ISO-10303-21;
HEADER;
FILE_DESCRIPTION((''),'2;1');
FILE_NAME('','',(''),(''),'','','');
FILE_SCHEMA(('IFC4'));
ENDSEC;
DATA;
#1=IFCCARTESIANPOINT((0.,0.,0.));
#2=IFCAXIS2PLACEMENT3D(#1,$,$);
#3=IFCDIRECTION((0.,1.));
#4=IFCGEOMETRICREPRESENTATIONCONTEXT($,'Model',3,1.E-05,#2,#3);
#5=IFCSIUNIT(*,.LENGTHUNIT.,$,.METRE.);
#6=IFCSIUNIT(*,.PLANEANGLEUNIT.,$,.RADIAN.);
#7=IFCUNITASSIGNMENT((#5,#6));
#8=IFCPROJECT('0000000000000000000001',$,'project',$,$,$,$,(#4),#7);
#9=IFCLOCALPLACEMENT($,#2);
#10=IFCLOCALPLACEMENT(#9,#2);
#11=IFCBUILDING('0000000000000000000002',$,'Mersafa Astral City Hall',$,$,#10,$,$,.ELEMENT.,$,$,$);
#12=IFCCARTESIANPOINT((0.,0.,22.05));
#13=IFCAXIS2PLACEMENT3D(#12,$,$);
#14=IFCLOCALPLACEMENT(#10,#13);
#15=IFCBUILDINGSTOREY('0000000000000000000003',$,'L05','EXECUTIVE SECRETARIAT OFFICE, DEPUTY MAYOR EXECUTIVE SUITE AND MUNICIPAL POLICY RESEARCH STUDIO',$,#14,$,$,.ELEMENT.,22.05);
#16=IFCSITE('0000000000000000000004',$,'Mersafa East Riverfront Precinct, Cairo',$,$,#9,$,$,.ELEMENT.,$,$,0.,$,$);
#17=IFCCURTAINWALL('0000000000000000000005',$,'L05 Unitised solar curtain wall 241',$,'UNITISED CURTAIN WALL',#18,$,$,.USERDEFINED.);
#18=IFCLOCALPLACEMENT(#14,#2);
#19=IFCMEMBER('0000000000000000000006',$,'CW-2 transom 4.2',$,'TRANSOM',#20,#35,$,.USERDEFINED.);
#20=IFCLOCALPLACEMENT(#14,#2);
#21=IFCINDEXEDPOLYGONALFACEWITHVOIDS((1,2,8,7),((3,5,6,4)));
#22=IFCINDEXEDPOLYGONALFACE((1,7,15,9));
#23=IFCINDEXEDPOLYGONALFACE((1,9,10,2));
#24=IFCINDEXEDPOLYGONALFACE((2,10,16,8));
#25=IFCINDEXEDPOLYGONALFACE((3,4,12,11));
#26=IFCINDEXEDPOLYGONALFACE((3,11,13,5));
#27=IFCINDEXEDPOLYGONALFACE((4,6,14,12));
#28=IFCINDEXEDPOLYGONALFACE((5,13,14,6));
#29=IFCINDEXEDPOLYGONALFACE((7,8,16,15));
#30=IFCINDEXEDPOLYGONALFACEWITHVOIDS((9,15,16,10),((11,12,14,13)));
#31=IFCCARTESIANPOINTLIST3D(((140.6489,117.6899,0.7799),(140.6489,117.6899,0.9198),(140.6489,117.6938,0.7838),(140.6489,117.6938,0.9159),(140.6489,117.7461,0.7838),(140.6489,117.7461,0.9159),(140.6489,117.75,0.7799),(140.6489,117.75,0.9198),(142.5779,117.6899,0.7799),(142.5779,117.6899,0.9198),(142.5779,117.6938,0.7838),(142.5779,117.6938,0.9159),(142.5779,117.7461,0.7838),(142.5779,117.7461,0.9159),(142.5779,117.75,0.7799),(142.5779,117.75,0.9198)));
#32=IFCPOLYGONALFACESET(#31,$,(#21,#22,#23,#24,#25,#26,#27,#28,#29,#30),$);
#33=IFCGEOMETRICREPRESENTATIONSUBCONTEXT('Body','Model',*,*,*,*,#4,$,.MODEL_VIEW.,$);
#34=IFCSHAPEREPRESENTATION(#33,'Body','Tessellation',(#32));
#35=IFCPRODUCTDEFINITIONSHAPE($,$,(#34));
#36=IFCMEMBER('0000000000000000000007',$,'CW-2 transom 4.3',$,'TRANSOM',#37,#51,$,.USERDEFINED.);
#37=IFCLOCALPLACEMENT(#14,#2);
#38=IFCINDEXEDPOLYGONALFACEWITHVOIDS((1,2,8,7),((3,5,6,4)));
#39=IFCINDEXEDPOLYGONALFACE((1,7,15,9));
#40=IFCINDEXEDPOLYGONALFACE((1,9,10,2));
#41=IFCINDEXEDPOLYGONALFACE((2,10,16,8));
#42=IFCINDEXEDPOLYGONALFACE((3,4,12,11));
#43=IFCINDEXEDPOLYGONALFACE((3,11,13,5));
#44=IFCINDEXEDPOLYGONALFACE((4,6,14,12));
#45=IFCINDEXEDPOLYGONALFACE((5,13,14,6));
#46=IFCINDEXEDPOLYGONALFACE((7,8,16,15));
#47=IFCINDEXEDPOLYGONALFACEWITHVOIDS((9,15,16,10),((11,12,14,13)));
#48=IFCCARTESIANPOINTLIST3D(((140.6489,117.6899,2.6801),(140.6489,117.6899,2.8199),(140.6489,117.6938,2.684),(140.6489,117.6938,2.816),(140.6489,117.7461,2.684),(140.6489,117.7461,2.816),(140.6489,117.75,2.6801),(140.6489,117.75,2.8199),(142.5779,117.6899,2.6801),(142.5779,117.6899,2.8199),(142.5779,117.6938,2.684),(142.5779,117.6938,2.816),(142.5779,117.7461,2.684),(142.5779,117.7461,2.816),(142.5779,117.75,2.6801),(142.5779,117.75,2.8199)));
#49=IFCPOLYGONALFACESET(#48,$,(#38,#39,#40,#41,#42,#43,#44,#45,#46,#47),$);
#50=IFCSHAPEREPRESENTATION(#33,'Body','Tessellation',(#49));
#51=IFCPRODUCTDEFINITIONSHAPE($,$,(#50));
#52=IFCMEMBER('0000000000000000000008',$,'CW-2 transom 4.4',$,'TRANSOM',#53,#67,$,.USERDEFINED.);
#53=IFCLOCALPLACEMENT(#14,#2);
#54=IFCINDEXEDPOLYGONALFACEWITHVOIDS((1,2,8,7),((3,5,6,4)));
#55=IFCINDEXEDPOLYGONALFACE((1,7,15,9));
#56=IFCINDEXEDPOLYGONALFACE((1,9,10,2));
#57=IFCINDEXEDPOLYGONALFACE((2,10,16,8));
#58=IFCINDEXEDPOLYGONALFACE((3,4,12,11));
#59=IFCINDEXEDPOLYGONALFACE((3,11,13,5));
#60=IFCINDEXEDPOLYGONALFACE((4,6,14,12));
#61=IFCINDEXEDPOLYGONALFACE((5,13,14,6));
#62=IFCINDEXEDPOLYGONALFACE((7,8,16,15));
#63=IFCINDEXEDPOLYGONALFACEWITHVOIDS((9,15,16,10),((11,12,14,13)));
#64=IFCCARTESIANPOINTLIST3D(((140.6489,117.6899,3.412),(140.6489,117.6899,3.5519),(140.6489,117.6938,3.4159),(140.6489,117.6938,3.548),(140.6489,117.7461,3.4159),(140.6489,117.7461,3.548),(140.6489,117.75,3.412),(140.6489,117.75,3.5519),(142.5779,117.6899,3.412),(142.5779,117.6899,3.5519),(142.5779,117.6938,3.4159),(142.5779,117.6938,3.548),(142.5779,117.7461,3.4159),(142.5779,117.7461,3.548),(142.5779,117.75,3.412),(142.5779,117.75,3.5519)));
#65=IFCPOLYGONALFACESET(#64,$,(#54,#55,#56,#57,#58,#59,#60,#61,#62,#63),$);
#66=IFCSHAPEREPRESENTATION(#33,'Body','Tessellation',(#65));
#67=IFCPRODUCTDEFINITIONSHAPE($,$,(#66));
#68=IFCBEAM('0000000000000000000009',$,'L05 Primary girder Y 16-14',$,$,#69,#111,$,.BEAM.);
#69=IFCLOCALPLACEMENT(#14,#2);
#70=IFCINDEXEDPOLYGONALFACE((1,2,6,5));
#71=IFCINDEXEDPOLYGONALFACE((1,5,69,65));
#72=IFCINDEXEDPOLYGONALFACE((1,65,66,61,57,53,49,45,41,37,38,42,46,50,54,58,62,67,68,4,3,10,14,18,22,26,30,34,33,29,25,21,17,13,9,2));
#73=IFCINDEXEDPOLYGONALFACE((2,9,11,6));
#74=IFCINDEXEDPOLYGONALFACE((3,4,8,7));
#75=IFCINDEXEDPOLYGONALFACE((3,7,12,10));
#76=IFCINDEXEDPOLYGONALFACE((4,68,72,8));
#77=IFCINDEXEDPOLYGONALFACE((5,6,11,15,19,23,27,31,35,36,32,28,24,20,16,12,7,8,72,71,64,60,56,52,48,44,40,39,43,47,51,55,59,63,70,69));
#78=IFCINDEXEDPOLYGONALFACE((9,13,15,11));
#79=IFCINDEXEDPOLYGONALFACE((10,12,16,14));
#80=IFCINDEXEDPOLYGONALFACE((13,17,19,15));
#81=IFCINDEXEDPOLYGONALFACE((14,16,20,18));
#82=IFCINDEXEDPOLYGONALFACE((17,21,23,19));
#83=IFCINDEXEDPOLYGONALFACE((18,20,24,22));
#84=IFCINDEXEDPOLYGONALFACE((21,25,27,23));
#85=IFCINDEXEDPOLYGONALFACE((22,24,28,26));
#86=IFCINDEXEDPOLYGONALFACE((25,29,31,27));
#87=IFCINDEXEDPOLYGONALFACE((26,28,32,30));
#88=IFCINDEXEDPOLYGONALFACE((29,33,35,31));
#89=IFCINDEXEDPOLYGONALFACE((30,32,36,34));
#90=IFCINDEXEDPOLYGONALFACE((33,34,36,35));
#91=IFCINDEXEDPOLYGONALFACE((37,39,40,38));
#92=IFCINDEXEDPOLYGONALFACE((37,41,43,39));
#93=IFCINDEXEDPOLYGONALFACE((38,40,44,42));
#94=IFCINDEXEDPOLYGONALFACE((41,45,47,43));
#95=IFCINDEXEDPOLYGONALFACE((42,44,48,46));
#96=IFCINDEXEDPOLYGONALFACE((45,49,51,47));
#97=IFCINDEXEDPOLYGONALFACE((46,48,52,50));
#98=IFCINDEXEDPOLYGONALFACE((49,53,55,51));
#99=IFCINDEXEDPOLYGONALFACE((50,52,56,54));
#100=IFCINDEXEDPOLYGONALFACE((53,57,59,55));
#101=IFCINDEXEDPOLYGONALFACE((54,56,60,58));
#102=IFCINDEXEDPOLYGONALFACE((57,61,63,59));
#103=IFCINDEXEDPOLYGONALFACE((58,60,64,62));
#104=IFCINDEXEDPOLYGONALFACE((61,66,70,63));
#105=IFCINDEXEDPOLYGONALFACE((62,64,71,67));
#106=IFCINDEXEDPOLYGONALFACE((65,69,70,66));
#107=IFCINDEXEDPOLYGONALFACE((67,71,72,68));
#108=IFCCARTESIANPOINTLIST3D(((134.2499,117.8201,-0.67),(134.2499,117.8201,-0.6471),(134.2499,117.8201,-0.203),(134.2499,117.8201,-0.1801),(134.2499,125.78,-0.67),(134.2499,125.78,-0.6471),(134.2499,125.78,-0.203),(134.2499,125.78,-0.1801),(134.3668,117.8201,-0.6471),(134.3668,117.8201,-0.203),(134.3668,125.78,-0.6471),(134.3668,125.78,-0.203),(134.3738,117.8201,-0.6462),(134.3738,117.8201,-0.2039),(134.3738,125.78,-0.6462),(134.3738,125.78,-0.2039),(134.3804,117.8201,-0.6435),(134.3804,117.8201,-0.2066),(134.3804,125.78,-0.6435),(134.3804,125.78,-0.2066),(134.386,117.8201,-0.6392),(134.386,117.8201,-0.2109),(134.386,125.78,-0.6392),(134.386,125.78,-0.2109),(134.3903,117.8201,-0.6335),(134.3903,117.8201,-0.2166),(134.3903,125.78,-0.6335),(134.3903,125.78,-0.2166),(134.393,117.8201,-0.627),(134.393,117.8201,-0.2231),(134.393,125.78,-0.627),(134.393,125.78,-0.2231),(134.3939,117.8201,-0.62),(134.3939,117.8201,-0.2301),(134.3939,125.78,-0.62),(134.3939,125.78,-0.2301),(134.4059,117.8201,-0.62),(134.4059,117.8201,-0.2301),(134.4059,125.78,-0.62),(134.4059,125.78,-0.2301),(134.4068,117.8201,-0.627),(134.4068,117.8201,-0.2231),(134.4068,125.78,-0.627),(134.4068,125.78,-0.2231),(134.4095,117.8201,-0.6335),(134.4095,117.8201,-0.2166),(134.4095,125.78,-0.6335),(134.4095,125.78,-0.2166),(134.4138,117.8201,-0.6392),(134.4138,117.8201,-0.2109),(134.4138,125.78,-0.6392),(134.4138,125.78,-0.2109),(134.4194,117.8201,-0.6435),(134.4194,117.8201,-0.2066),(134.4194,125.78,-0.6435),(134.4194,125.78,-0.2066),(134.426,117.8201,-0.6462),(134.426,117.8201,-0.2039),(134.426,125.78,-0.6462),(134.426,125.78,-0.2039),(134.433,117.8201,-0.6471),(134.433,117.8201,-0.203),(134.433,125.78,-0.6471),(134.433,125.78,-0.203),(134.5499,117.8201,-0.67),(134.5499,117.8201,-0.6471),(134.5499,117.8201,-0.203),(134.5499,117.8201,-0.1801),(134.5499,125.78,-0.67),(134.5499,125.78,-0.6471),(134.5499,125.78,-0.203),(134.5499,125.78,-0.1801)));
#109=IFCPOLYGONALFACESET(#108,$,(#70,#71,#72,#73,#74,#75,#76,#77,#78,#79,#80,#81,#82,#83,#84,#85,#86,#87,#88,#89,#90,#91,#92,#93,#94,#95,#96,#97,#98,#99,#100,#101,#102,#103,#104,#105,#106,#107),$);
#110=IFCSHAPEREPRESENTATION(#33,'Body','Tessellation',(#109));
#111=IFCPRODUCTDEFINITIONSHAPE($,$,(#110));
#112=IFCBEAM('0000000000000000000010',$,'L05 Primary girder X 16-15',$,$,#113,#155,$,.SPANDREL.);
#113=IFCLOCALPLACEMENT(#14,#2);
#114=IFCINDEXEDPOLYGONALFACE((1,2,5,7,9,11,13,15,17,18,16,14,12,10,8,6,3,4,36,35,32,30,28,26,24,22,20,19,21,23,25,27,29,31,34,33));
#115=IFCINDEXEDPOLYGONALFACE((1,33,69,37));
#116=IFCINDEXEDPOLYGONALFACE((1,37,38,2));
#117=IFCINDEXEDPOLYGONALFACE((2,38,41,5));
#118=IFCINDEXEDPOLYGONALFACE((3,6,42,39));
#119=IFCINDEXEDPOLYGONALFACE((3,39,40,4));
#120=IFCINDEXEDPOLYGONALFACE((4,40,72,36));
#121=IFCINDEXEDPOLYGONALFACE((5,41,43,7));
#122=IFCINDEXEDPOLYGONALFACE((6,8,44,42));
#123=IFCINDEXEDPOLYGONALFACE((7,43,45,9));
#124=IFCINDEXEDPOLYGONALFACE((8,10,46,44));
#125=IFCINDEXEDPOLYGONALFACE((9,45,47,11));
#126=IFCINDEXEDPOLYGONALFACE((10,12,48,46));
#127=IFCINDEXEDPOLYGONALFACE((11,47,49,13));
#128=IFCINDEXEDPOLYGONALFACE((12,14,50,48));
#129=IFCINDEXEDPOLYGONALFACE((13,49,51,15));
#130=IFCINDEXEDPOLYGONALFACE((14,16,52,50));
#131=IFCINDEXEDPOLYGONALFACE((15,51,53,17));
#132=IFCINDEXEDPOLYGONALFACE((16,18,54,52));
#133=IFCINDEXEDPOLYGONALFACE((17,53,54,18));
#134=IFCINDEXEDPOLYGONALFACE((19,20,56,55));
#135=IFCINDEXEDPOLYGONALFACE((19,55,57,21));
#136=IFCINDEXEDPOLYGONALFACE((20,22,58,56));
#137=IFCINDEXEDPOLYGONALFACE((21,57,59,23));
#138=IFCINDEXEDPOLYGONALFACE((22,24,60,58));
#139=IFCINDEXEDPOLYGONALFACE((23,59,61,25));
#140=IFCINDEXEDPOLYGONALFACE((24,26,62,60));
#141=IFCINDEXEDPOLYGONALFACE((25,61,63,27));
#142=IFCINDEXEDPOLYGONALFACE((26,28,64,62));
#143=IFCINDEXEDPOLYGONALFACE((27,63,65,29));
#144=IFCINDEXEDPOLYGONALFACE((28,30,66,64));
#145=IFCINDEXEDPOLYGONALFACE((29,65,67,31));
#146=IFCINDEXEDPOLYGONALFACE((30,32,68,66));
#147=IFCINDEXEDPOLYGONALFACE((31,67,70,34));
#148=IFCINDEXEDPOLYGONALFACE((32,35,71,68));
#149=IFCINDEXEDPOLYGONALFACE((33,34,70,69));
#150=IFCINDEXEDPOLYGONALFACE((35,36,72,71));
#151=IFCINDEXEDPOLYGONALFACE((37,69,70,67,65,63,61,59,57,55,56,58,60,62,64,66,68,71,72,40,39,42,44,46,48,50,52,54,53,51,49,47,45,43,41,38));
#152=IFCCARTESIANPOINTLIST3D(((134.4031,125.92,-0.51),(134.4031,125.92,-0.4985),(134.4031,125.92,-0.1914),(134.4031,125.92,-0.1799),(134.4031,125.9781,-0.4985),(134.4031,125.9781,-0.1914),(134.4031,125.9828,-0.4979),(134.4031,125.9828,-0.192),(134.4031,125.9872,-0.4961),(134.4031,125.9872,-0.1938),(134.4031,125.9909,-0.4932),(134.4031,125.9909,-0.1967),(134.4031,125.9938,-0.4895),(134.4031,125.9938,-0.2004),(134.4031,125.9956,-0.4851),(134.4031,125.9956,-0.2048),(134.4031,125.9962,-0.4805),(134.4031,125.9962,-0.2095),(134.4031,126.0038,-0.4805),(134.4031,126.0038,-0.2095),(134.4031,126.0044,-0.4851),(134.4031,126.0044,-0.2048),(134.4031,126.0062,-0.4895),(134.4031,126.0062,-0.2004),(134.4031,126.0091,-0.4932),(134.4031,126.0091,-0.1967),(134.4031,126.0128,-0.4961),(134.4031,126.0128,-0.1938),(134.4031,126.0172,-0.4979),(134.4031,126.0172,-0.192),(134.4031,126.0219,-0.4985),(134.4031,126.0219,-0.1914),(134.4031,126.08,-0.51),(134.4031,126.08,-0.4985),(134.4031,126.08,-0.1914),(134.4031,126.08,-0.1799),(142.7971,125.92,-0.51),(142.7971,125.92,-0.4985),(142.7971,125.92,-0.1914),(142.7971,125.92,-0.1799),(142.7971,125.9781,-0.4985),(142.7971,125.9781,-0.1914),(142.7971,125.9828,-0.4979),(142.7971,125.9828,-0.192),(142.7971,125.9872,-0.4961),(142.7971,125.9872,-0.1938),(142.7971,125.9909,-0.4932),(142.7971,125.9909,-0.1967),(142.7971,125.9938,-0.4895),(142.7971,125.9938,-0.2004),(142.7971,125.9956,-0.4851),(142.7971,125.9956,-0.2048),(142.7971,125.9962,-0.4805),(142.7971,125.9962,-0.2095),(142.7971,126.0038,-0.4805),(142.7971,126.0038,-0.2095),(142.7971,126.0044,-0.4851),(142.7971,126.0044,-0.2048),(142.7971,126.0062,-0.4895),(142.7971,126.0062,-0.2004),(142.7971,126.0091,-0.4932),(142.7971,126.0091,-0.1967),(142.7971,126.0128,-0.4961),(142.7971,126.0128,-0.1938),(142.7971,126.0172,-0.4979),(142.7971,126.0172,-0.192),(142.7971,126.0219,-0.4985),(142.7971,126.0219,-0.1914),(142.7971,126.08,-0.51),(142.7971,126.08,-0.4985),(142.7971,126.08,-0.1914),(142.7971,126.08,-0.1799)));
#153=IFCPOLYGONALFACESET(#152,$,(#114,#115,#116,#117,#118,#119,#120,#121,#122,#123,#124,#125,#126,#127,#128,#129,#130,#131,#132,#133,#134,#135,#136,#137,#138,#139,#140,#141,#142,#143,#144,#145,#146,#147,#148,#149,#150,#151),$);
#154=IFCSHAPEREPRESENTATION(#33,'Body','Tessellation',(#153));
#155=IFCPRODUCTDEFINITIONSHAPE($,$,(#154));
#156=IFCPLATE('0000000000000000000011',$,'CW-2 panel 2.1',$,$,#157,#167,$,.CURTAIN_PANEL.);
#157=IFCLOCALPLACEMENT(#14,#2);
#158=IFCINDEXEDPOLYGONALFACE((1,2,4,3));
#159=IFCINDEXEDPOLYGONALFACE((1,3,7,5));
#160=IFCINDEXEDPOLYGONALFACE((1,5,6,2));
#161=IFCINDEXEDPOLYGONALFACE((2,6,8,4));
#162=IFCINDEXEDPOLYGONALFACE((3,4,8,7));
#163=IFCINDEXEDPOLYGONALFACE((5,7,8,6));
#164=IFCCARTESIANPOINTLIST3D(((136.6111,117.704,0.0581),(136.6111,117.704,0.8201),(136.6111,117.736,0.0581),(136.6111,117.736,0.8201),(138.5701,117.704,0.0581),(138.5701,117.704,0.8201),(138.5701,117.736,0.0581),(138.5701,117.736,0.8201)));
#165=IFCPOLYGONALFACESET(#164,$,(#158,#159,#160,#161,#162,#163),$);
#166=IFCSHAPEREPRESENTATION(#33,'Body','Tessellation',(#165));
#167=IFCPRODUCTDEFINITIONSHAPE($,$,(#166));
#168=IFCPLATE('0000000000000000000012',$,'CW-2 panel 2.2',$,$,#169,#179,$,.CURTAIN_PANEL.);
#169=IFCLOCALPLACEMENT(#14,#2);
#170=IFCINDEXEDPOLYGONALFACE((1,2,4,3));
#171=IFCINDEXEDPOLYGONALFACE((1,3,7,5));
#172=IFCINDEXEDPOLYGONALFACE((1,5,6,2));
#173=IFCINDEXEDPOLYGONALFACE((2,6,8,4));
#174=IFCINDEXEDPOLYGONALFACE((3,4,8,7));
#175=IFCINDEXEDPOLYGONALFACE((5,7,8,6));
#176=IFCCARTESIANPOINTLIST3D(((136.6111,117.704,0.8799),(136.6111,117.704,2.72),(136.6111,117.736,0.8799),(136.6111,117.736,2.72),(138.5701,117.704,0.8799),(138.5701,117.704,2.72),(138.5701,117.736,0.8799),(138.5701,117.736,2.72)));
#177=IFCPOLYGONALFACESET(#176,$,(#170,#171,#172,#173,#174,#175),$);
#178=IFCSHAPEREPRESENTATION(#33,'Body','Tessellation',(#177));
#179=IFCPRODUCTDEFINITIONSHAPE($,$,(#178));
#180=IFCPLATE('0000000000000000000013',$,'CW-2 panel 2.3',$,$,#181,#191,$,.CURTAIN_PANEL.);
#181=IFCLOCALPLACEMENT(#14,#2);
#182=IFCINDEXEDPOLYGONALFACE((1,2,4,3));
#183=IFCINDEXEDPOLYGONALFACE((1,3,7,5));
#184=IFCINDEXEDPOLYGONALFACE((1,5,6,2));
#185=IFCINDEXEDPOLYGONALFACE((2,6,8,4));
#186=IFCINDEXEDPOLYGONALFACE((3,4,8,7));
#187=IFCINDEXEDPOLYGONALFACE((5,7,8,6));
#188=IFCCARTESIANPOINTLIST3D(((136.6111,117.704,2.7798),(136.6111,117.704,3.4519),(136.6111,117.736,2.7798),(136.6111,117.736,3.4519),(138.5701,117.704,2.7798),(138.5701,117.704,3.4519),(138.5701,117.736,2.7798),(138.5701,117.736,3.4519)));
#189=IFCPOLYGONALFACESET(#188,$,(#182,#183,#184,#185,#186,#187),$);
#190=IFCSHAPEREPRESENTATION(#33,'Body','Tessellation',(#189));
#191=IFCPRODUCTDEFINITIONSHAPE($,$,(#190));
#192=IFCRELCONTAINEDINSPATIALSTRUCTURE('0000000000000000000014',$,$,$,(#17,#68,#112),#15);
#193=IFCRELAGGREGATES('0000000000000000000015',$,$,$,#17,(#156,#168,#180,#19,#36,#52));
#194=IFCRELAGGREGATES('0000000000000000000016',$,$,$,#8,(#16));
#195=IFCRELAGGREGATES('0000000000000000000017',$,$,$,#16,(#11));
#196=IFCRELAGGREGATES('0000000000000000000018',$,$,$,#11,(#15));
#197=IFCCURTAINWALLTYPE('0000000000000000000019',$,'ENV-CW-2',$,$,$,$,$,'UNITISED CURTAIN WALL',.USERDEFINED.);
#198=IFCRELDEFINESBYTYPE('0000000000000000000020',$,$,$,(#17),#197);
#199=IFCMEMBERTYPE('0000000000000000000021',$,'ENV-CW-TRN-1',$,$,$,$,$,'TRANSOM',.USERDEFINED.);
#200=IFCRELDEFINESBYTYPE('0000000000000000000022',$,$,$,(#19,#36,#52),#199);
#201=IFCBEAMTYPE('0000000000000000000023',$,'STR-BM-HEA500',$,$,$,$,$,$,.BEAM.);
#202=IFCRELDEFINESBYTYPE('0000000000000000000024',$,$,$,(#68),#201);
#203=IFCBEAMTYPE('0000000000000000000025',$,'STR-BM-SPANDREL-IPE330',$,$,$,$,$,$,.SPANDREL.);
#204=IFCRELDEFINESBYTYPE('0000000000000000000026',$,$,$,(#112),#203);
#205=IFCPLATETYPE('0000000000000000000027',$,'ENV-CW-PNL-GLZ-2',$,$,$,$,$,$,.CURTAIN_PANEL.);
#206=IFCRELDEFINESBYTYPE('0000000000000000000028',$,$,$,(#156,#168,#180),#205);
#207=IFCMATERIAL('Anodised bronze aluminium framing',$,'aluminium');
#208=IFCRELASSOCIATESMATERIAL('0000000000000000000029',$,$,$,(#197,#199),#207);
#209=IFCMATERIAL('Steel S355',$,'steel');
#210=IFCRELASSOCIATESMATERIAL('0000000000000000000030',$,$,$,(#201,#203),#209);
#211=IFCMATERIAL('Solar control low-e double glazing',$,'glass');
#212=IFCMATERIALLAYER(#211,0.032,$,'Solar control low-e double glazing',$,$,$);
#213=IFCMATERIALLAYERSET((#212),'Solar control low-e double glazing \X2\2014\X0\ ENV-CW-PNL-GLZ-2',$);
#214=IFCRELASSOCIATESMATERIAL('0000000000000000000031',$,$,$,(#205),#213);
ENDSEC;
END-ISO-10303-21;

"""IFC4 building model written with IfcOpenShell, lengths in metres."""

from ifc_helpers import new_model, si_unit, direction, frame, origin, origin_2d, place, context, subcontext, project, spatial, rectangle, hollow_rectangle, i_section, extrude, material, layer, layer_set, material_profile, profile_set, type_object, element, aggregate, save


model = new_model("IFC4")

# Units and contexts
model_context = context("Model", 3, precision=1e-05, world=origin(), true_north=direction((0.0, 1.0)))
body_context = subcontext(model_context, "Body", "Model", "MODEL_VIEW")
ifc_project = project(units=[si_unit("LENGTHUNIT", "METRE"), si_unit("PLANEANGLEUNIT", "RADIAN")], contexts=[model_context])

# Site, building, storey
site_placement = place(None, origin())
site = spatial("IfcSite", under=ifc_project, at=site_placement, Name="Mersafa East Riverfront Precinct, Cairo", CompositionType="ELEMENT", RefElevation=0.0)
building_placement = place(site_placement, origin())
building = spatial("IfcBuilding", under=site, at=building_placement, Name="Mersafa Astral City Hall", CompositionType="ELEMENT")
storey_placement = place(building_placement, frame((0.0, 0.0, 22.05)))
storey = spatial("IfcBuildingStorey", under=building, at=storey_placement, Name="L05", Description="EXECUTIVE SECRETARIAT OFFICE, DEPUTY MAYOR EXECUTIVE SUITE AND MUNICIPAL POLICY RESEARCH STUDIO", CompositionType="ELEMENT", Elevation=22.05)

# Shared definitions
ifc_material_1 = material(Name="Steel S355", Category="steel")

# Curtain wall, members
ifc_material_2 = material(Name="Anodised bronze aluminium framing", Category="aluminium")
curtain_wall_type = type_object("IfcCurtainWallType", Name="ENV-CW-2", ElementType="UNITISED CURTAIN WALL", PredefinedType="USERDEFINED", material=ifc_material_2)
curtain_wall_placement = place(storey_placement, origin())
curtain_wall = element("IfcCurtainWall", 1, at=curtain_wall_placement, inside=storey, type_object=curtain_wall_type, Name="L05 Unitised solar curtain wall 241", ObjectType="UNITISED CURTAIN WALL", PredefinedType="USERDEFINED")
ifc_material_profile_1 = material_profile(ifc_material_2, hollow_rectangle(XDim=0.0601, YDim=0.1399, WallThickness=0.0039, at=origin_2d()), Name="RHS 60x140x4")
ifc_profile_set_1 = profile_set([ifc_material_profile_1], Name="Anodised bronze aluminium framing")
member_type_1 = type_object("IfcMemberType", Name="ENV-CW-TRN-1", ElementType="TRANSOM", PredefinedType="USERDEFINED", material=ifc_profile_set_1)
member_1_placement = place(storey_placement, frame((140.6489, 117.72, 0.8499), z_axis=(1.0, 0.0, 0.0), x_axis=(0.0, 1.0, 0.0)))
member_1 = element("IfcMember", 2, at=member_1_placement, type_object=member_type_1, Name="CW-2 transom 4.2", ObjectType="TRANSOM", PredefinedType="USERDEFINED", context=body_context, shape_type="SweptSolid", body=[
    extrude(hollow_rectangle(XDim=0.0601, YDim=0.1399, WallThickness=0.0039, at=origin_2d()), origin(), (0.0, 0.0, 1.0), 1.929),
])
member_2_placement = place(storey_placement, frame((140.6489, 117.72, 2.75), z_axis=(1.0, 0.0, 0.0), x_axis=(0.0, 1.0, 0.0)))
member_2 = element("IfcMember", 3, at=member_2_placement, type_object=member_type_1, Name="CW-2 transom 4.3", ObjectType="TRANSOM", PredefinedType="USERDEFINED", context=body_context, shape_type="SweptSolid", body=[
    extrude(hollow_rectangle(XDim=0.0601, YDim=0.1399, WallThickness=0.0039, at=origin_2d()), origin(), (0.0, 0.0, 1.0), 1.929),
])
member_3_placement = place(storey_placement, frame((140.6489, 117.72, 3.4819), z_axis=(1.0, 0.0, 0.0), x_axis=(0.0, 1.0, 0.0)))
member_3 = element("IfcMember", 4, at=member_3_placement, type_object=member_type_1, Name="CW-2 transom 4.4", ObjectType="TRANSOM", PredefinedType="USERDEFINED", context=body_context, shape_type="SweptSolid", body=[
    extrude(hollow_rectangle(XDim=0.0601, YDim=0.1399, WallThickness=0.0039, at=origin_2d()), origin(), (0.0, 0.0, 1.0), 1.929),
])

# Beams
ifc_material_profile_2 = material_profile(ifc_material_1, i_section(OverallWidth=0.3, OverallDepth=0.49, WebThickness=0.012, FlangeThickness=0.0229, FilletRadius=0.0271, at=origin_2d()), Name="HEA 500")
ifc_profile_set_2 = profile_set([ifc_material_profile_2], Name="Steel S355")
beam_type_1 = type_object("IfcBeamType", Name="STR-BM-HEA500", PredefinedType="BEAM", material=ifc_profile_set_2)
beam_1_placement = place(storey_placement, frame((134.3999, 117.8201, -0.425), z_axis=(0.0, 1.0, 0.0), x_axis=(-1.0, 0.0, 0.0)))
element("IfcBeam", 5, at=beam_1_placement, inside=storey, type_object=beam_type_1, Name="L05 Primary girder Y 16-14", PredefinedType="BEAM", context=body_context, shape_type="SweptSolid", body=[
    extrude(i_section(OverallWidth=0.3, OverallDepth=0.49, WebThickness=0.012, FlangeThickness=0.0229, FilletRadius=0.0271, at=origin_2d()), origin(), (0.0, 0.0, 1.0), 7.96),
])
ifc_material_profile_3 = material_profile(ifc_material_1, i_section(OverallWidth=0.1599, OverallDepth=0.3301, WebThickness=0.0076, FlangeThickness=0.0115, FilletRadius=0.0181, at=origin_2d()), Name="IPE 330")
ifc_profile_set_3 = profile_set([ifc_material_profile_3], Name="Steel S355")
beam_type_2 = type_object("IfcBeamType", Name="STR-BM-SPANDREL-IPE330", PredefinedType="SPANDREL", material=ifc_profile_set_3)
beam_2_placement = place(storey_placement, frame((134.4031, 126.0, -0.345), z_axis=(1.0, 0.0, 0.0), x_axis=(0.0, 1.0, 0.0)))
element("IfcBeam", 6, at=beam_2_placement, inside=storey, type_object=beam_type_2, Name="L05 Primary girder X 16-15", PredefinedType="SPANDREL", context=body_context, shape_type="SweptSolid", body=[
    extrude(i_section(OverallWidth=0.1599, OverallDepth=0.3301, WebThickness=0.0076, FlangeThickness=0.0115, FilletRadius=0.0181, at=origin_2d()), origin(), (0.0, 0.0, 1.0), 8.394),
])

# Plates
ifc_material_3 = material(Name="Solar control low-e double glazing", Category="glass")
ifc_layer_1 = layer(ifc_material_3, 0.032, Name="Solar control low-e double glazing")
ifc_layer_set_1 = layer_set([ifc_layer_1], Name="Solar control low-e double glazing — ENV-CW-PNL-GLZ-2")
plate_type_1 = type_object("IfcPlateType", Name="ENV-CW-PNL-GLZ-2", PredefinedType="CURTAIN_PANEL", material=ifc_layer_set_1)
plate_1_placement = place(storey_placement, frame((137.5906, 117.72, 0.0581), z_axis=(0.0, 0.0, 1.0), x_axis=(1.0, 0.0, 0.0)))
plate_1 = element("IfcPlate", 7, at=plate_1_placement, type_object=plate_type_1, Name="CW-2 panel 2.1", PredefinedType="CURTAIN_PANEL", context=body_context, shape_type="SweptSolid", body=[
    extrude(rectangle(XDim=1.959, YDim=0.032, at=origin_2d()), origin(), (0.0, 0.0, 1.0), 0.762),
])
plate_2_placement = place(storey_placement, frame((137.5906, 117.72, 0.8799), z_axis=(0.0, 0.0, 1.0), x_axis=(1.0, 0.0, 0.0)))
plate_2 = element("IfcPlate", 8, at=plate_2_placement, type_object=plate_type_1, Name="CW-2 panel 2.2", PredefinedType="CURTAIN_PANEL", context=body_context, shape_type="SweptSolid", body=[
    extrude(rectangle(XDim=1.959, YDim=0.032, at=origin_2d()), origin(), (0.0, 0.0, 1.0), 1.8401),
])
plate_3_placement = place(storey_placement, frame((137.5906, 117.72, 2.7798), z_axis=(0.0, 0.0, 1.0), x_axis=(1.0, 0.0, 0.0)))
plate_3 = element("IfcPlate", 9, at=plate_3_placement, type_object=plate_type_1, Name="CW-2 panel 2.3", PredefinedType="CURTAIN_PANEL", context=body_context, shape_type="SweptSolid", body=[
    extrude(rectangle(XDim=1.959, YDim=0.032, at=origin_2d()), origin(), (0.0, 0.0, 1.0), 0.6721),
])
aggregate(curtain_wall, [plate_1, plate_2, plate_3, member_1, member_2, member_3])

save(model, "model.ifc")
